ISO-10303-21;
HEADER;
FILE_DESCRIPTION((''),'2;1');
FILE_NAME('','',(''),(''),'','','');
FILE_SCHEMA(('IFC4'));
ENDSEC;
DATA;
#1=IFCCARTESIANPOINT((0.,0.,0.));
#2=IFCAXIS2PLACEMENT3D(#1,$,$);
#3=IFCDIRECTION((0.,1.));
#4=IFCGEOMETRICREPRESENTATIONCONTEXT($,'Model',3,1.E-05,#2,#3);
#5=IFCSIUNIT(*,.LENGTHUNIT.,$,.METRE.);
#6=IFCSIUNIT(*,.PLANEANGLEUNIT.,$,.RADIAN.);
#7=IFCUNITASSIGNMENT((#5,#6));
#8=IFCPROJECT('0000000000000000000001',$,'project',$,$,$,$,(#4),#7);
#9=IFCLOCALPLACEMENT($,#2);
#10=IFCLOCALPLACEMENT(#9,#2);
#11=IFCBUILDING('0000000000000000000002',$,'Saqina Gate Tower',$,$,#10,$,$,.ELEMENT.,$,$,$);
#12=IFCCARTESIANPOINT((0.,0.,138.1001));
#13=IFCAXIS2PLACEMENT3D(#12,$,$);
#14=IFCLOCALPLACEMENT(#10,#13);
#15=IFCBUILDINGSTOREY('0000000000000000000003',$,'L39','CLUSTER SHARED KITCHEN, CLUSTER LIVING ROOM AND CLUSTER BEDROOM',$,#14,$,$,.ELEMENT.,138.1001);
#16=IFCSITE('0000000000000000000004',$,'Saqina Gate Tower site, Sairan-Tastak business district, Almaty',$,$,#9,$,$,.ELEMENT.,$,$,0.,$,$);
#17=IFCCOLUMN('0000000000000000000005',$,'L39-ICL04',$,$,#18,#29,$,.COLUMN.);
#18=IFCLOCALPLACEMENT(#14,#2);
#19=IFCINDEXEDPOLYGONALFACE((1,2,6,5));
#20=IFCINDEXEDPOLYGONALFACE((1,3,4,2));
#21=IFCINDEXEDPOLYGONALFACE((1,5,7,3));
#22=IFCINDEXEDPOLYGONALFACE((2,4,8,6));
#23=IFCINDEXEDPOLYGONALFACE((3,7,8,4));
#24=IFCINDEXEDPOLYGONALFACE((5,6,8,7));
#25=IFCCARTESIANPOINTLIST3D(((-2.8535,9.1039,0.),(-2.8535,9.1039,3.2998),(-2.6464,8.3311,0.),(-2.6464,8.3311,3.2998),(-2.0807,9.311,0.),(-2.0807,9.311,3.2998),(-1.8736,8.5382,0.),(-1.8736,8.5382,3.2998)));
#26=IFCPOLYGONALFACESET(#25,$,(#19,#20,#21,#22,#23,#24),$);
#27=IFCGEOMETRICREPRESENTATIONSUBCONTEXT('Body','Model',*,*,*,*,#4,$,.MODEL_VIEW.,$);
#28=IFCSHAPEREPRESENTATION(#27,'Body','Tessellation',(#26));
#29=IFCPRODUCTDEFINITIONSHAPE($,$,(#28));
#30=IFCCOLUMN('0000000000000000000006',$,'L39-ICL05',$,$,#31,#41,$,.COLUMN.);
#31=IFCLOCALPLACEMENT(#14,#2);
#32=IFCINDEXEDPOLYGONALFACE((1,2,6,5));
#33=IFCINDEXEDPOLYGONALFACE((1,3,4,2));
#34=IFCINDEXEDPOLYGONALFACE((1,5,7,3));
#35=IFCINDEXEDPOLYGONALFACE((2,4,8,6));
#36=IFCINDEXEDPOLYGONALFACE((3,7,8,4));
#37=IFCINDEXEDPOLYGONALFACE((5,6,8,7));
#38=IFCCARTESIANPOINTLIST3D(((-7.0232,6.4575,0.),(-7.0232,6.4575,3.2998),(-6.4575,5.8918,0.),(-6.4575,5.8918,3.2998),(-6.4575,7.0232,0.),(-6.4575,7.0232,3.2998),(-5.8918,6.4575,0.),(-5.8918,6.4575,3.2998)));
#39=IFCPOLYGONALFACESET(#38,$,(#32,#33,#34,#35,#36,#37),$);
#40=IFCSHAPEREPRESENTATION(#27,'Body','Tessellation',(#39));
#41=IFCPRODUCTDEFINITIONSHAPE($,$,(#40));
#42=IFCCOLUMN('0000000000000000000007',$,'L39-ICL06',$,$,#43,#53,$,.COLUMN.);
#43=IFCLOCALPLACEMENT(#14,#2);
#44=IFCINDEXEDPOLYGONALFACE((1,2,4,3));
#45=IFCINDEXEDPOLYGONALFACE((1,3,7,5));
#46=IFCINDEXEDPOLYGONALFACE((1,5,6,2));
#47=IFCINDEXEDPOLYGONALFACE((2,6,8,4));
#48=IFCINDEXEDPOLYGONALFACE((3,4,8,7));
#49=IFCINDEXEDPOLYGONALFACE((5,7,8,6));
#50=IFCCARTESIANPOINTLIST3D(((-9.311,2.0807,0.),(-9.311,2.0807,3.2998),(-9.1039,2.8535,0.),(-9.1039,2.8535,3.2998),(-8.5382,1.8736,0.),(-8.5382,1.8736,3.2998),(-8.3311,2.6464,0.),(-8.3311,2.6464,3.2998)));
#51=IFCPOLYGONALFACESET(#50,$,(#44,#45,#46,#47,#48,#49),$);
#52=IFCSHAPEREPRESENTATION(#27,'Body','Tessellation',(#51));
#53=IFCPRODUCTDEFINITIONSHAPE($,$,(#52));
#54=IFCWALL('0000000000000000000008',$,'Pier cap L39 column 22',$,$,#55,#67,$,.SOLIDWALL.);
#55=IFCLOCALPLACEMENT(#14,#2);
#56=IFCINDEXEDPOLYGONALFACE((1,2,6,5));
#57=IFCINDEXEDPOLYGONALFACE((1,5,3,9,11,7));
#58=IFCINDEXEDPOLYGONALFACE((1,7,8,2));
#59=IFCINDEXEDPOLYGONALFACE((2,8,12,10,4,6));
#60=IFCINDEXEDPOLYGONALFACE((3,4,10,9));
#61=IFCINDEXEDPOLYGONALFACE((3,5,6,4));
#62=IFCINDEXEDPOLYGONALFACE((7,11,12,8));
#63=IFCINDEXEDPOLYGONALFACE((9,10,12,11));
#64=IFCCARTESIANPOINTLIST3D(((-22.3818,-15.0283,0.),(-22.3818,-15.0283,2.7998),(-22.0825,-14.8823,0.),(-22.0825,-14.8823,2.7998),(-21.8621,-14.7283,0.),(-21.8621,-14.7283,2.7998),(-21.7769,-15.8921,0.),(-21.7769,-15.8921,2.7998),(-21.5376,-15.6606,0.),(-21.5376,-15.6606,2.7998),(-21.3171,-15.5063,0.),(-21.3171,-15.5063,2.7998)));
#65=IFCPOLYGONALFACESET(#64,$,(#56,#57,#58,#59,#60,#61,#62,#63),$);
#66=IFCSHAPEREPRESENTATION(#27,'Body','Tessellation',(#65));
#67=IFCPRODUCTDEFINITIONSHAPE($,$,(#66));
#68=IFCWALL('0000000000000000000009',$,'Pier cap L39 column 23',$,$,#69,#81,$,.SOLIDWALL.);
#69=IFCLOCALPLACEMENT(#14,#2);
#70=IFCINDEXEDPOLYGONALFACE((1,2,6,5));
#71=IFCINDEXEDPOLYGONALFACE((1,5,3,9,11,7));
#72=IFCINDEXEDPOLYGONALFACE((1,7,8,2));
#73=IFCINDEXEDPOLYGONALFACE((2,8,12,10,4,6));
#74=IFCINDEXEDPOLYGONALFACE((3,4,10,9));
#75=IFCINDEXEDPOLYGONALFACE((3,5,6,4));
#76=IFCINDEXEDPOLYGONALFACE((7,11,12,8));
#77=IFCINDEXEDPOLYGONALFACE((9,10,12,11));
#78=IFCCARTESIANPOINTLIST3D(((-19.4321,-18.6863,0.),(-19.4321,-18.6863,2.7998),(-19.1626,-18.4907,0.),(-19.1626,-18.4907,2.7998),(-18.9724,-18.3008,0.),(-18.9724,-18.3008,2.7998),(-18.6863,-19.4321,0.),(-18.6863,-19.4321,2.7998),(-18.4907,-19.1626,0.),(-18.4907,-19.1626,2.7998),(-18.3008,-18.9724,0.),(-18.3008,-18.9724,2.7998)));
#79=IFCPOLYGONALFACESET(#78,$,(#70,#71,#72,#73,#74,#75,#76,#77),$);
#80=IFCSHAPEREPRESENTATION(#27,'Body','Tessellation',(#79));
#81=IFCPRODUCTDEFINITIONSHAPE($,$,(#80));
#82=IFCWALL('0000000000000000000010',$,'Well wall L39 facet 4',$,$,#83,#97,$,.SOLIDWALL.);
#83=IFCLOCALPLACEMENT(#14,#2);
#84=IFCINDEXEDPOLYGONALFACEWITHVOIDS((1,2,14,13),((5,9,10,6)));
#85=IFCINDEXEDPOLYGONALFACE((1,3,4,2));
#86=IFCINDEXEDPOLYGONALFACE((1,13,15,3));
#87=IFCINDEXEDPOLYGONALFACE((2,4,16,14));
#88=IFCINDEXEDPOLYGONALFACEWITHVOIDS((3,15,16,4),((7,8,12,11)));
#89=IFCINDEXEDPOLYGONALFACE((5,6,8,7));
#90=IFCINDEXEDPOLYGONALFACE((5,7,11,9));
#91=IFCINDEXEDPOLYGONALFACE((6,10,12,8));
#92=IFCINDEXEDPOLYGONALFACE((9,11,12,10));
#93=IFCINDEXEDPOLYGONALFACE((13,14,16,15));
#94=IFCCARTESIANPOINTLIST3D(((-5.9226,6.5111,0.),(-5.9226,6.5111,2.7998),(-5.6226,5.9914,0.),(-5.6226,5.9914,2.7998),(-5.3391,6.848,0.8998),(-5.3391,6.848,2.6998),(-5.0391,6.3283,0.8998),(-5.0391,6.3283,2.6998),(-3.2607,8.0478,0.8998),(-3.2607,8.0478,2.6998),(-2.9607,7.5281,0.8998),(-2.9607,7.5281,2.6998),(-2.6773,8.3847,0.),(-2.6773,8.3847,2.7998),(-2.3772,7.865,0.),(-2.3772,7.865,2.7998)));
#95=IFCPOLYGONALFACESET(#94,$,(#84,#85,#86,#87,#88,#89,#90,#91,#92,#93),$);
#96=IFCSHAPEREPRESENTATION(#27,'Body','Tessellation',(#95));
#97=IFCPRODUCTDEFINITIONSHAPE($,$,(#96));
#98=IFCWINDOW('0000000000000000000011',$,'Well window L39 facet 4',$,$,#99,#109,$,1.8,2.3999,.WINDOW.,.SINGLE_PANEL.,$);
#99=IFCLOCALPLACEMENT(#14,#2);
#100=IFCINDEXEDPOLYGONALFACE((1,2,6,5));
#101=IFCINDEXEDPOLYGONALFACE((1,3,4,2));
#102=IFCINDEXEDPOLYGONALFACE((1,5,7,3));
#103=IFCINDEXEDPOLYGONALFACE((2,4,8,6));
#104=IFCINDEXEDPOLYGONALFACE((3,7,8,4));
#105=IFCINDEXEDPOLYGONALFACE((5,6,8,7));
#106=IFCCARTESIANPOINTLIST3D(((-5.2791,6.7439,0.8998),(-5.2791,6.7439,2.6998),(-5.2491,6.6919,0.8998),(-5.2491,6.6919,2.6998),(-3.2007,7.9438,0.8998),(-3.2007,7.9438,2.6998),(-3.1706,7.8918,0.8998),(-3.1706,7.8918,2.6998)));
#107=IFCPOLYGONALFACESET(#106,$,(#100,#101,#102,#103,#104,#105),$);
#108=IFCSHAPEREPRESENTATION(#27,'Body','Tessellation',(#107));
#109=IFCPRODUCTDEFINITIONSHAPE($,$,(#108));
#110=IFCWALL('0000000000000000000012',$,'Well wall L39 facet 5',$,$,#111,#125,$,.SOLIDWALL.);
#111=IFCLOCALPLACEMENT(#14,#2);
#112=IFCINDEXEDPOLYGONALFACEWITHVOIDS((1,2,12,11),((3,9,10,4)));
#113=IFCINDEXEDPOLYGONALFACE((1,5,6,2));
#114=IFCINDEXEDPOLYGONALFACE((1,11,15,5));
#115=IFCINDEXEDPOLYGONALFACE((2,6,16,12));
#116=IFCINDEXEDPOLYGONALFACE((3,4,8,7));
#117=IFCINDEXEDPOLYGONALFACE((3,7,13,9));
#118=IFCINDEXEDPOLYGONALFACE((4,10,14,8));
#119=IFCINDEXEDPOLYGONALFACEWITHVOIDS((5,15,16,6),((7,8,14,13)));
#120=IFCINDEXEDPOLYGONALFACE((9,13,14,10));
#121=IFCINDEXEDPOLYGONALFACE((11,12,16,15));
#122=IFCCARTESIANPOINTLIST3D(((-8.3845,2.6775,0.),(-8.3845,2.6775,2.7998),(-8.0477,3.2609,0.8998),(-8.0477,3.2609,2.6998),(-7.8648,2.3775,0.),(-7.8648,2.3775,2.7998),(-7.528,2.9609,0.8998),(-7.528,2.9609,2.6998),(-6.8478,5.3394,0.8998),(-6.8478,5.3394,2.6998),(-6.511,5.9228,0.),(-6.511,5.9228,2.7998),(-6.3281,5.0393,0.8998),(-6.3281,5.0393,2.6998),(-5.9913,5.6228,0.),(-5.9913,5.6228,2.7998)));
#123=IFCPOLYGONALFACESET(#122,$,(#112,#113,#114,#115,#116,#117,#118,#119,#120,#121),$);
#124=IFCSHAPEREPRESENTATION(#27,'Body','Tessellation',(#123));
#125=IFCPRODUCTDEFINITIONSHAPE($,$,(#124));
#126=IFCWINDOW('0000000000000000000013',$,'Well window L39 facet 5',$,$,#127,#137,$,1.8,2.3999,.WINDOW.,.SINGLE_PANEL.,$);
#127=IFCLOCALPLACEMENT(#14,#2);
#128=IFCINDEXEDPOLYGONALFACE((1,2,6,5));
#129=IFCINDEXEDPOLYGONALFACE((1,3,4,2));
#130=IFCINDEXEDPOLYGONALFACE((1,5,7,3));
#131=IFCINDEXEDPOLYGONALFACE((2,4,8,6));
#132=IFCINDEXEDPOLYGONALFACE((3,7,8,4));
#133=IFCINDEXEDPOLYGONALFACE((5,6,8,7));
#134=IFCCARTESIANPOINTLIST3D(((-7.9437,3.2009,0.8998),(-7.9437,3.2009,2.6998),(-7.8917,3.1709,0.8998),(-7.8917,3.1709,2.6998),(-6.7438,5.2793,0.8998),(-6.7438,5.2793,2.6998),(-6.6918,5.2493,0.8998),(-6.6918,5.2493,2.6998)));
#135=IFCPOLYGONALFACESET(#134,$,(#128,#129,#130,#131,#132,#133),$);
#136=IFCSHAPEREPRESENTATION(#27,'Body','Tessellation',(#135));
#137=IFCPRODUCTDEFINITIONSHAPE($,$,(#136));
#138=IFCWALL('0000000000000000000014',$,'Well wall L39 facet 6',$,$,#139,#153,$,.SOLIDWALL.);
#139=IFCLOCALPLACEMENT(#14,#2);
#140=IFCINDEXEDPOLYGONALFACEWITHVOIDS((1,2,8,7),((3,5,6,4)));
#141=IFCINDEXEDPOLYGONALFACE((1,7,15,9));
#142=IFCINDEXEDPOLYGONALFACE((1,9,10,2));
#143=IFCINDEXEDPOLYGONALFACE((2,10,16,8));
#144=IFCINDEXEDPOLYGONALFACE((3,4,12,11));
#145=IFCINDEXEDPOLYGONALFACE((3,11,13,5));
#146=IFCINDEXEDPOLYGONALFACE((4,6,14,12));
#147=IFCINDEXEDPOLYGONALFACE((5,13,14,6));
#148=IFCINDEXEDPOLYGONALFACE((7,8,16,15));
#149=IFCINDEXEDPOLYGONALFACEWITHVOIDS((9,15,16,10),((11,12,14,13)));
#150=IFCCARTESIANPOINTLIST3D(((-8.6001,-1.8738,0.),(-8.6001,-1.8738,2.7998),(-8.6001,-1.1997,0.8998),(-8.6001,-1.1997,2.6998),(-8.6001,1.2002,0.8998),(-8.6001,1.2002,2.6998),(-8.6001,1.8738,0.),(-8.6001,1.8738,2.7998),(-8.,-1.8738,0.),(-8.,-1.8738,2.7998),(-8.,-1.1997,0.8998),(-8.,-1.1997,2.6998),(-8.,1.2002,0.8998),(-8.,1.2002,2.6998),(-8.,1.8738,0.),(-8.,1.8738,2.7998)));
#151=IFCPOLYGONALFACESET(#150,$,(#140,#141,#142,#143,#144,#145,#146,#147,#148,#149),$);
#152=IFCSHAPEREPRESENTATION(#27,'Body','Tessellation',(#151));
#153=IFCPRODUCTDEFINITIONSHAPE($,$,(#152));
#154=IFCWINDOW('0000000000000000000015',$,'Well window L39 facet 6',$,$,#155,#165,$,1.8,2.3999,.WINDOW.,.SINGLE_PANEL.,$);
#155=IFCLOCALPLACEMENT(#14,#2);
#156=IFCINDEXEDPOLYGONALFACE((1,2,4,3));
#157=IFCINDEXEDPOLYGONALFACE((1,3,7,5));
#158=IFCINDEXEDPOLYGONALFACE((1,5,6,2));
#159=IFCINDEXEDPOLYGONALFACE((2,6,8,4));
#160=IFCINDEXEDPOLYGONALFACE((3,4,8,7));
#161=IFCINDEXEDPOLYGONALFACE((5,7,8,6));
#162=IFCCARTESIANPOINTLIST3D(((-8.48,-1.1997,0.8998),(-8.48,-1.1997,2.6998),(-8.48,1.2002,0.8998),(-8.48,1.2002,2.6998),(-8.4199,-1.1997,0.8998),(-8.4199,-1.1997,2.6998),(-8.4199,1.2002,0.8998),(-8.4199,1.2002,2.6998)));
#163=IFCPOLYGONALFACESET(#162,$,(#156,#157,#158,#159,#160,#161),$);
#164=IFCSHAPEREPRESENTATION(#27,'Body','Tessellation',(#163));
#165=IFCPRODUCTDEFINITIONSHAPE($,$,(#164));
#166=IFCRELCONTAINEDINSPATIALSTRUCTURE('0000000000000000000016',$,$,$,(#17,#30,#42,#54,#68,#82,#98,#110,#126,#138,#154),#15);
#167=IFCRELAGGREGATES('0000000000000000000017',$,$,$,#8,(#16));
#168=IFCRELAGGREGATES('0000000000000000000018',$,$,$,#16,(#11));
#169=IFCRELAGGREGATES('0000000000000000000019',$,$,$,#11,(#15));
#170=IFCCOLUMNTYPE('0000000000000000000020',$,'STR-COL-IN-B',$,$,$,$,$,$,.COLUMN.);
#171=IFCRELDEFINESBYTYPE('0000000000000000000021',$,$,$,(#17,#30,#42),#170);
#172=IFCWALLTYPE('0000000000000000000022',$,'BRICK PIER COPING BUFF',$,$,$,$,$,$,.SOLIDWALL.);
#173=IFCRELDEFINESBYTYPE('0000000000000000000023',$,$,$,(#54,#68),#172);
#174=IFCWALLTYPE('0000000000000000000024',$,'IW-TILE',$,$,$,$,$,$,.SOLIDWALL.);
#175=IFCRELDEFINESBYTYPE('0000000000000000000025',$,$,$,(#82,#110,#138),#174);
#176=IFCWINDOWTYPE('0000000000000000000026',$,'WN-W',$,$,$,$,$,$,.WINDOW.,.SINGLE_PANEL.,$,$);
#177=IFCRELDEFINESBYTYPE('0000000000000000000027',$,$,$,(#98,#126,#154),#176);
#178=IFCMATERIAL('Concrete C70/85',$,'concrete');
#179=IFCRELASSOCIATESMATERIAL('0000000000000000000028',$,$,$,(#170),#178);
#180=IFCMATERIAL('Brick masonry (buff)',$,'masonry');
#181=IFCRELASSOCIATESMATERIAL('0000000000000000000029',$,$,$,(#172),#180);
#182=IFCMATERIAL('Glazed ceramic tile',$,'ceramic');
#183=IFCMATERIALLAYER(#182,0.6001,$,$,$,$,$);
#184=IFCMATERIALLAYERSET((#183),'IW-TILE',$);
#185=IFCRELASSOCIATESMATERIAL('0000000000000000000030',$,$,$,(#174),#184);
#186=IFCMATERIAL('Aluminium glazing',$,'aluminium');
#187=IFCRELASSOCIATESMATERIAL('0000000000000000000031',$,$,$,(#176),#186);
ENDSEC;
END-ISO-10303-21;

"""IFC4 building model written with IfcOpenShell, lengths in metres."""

from ifc_helpers import new_model, si_unit, direction, frame, frame_2d, origin, origin_2d, place, context, subcontext, project, spatial, polyline, rectangle, outline, extrude, material, layer, layer_set, material_profile, profile_set, type_object, element, fill, save


model = new_model("IFC4")

# Units and contexts
model_context = context("Model", 3, precision=1e-05, world=origin(), true_north=direction((0.0, 1.0)))
body_context = subcontext(model_context, "Body", "Model", "MODEL_VIEW")
ifc_project = project(units=[si_unit("LENGTHUNIT", "METRE"), si_unit("PLANEANGLEUNIT", "RADIAN")], contexts=[model_context])

# Site, building, storey
site_placement = place(None, origin())
site = spatial("IfcSite", under=ifc_project, at=site_placement, Name="Saqina Gate Tower site, Sairan-Tastak business district, Almaty", CompositionType="ELEMENT", RefElevation=0.0)
building_placement = place(site_placement, origin())
building = spatial("IfcBuilding", under=site, at=building_placement, Name="Saqina Gate Tower", CompositionType="ELEMENT")
storey_placement = place(building_placement, frame((0.0, 0.0, 138.1001)))
storey = spatial("IfcBuildingStorey", under=building, at=storey_placement, Name="L39", Description="CLUSTER SHARED KITCHEN, CLUSTER LIVING ROOM AND CLUSTER BEDROOM", CompositionType="ELEMENT", Elevation=138.1001)

# Columns
ifc_material_1 = material(Name="Concrete C70/85", Category="concrete")
ifc_material_profile = material_profile(ifc_material_1, rectangle(XDim=0.8, YDim=0.8, at=origin_2d()), Name="RC 800x800")
ifc_profile_set = profile_set([ifc_material_profile], Name="Concrete C70/85")
column_type = type_object("IfcColumnType", Name="STR-COL-IN-B", PredefinedType="COLUMN", material=ifc_profile_set)
for number, where, z_axis, x_axis, name in (
    (1, (-2.3635, 8.821, 0.0), (0.0, 0.0, 1.0), (-0.258819, 0.965926, 0.0), "L39-ICL04"),
    (2, (-6.4575, 6.4575, 0.0), (0.0, 0.0, 1.0), (-0.707107, 0.707107, 0.0), "L39-ICL05"),
    (3, (-8.821, 2.3635, 0.0), (0.0, 0.0, 1.0), (-0.965926, 0.258819, 0.0), "L39-ICL06"),
):
    element("IfcColumn", number, at=place(storey_placement, frame(where, z_axis=z_axis, x_axis=x_axis)), inside=storey, type_object=column_type, Name=name, PredefinedType="COLUMN", context=body_context, shape_type="SweptSolid", body=[
        extrude(rectangle(XDim=0.8, YDim=0.8, at=origin_2d()), origin(), (0.0, 0.0, 1.0), 3.2998),
    ])

# Walls
ifc_material_2 = material(Name="Brick masonry (buff)", Category="masonry")
wall_type_1 = type_object("IfcWallType", Name="BRICK PIER COPING BUFF", PredefinedType="SOLIDWALL", material=ifc_material_2)
wall_1_placement = place(storey_placement, origin())
element("IfcWall", 4, at=wall_1_placement, inside=storey, type_object=wall_type_1, Name="Pier cap L39 column 22", PredefinedType="SOLIDWALL", context=body_context, shape_type="SweptSolid", body=[
    extrude(outline(polyline([(-21.7769, -15.8921), (-21.3171, -15.5063), (-21.5376, -15.6606), (-22.0825, -14.8823), (-21.8621, -14.7283), (-22.3818, -15.0283), (-21.7769, -15.8921)])), origin(), (0.0, 0.0, 1.0), 2.7998),
])
wall_2_placement = place(storey_placement, origin())
element("IfcWall", 5, at=wall_2_placement, inside=storey, type_object=wall_type_1, Name="Pier cap L39 column 23", PredefinedType="SOLIDWALL", context=body_context, shape_type="SweptSolid", body=[
    extrude(outline(polyline([(-19.4321, -18.6863), (-18.6863, -19.4321), (-18.3008, -18.9724), (-18.4907, -19.1626), (-19.1626, -18.4907), (-18.9724, -18.3008), (-19.4321, -18.6863)])), origin(), (0.0, 0.0, 1.0), 2.7998),
])

# Walls, openings, windows
ifc_material_3 = material(Name="Glazed ceramic tile", Category="ceramic")
ifc_layer_1 = layer(ifc_material_3, 0.6001)
ifc_layer_set_1 = layer_set([ifc_layer_1], Name="IW-TILE")
wall_type_2 = type_object("IfcWallType", Name="IW-TILE", PredefinedType="SOLIDWALL", material=ifc_layer_set_1)
wall_3_placement = place(storey_placement, frame((-2.5273, 8.1248, 0.0), z_axis=(0.0, 0.0, 1.0), x_axis=(-0.866046, -0.499965, 0.0)))
wall_3 = element("IfcWall", 6, at=wall_3_placement, inside=storey, type_object=wall_type_2, Name="Well wall L39 facet 4", PredefinedType="SOLIDWALL", context=body_context, shape_type="SweptSolid", body=[
    extrude(rectangle(XDim=3.7473, YDim=0.6001, at=frame_2d((1.8735, 0.0))), origin(), (0.0, 0.0, 1.0), 2.7998),
])
opening_1_placement = place(wall_3_placement, frame((0.6736, 0.0, 0.8999)))
opening_1 = element("IfcOpeningElement", 7, at=opening_1_placement, cuts=wall_3, PredefinedType="OPENING", context=body_context, shape_type="SweptSolid", body=[
    extrude(rectangle(XDim=2.3999, YDim=1.8, at=frame_2d((1.2, 0.8999))), frame((0.0, 0.312, 0.0), z_axis=(0.0, -1.0, 0.0), x_axis=(1.0, 0.0, 0.0)), (0.0, 0.0, 1.0), 0.624),
])
ifc_material_4 = material(Name="Aluminium glazing", Category="aluminium")
window_type = type_object("IfcWindowType", Name="WN-W", PartitioningType="SINGLE_PANEL", PredefinedType="WINDOW", material=ifc_material_4)
window_1_placement = place(opening_1_placement, origin())
window_1 = element("IfcWindow", 8, at=window_1_placement, inside=storey, type_object=window_type, Name="Well window L39 facet 4", OverallHeight=1.8, OverallWidth=2.3999, PartitioningType="SINGLE_PANEL", PredefinedType="WINDOW", context=body_context, shape_type="SweptSolid", body=[
    extrude(rectangle(XDim=2.3999, YDim=1.8, at=frame_2d((1.2, 0.8999))), frame((0.0, -0.1199, 0.0), z_axis=(0.0, -1.0, 0.0), x_axis=(1.0, 0.0, 0.0)), (0.0, 0.0, 1.0), 0.0601),
])
fill(opening_1, window_1)
wall_4_placement = place(storey_placement, frame((-6.2512, 5.7727, 0.0), z_axis=(0.0, 0.0, 1.0), x_axis=(-0.499965, -0.866046, 0.0)))
wall_4 = element("IfcWall", 9, at=wall_4_placement, inside=storey, type_object=wall_type_2, Name="Well wall L39 facet 5", PredefinedType="SOLIDWALL", context=body_context, shape_type="SweptSolid", body=[
    extrude(rectangle(XDim=3.7473, YDim=0.6001, at=frame_2d((1.8735, 0.0))), origin(), (0.0, 0.0, 1.0), 2.7998),
])
opening_2_placement = place(wall_4_placement, frame((0.6736, 0.0, 0.8999)))
opening_2 = element("IfcOpeningElement", 10, at=opening_2_placement, cuts=wall_4, PredefinedType="OPENING", context=body_context, shape_type="SweptSolid", body=[
    extrude(rectangle(XDim=2.3999, YDim=1.8, at=frame_2d((1.2, 0.8999))), frame((0.0, 0.312, 0.0), z_axis=(0.0, -1.0, 0.0), x_axis=(1.0, 0.0, 0.0)), (0.0, 0.0, 1.0), 0.624),
])
window_2_placement = place(opening_2_placement, origin())
window_2 = element("IfcWindow", 11, at=window_2_placement, inside=storey, type_object=window_type, Name="Well window L39 facet 5", OverallHeight=1.8, OverallWidth=2.3999, PartitioningType="SINGLE_PANEL", PredefinedType="WINDOW", context=body_context, shape_type="SweptSolid", body=[
    extrude(rectangle(XDim=2.3999, YDim=1.8, at=frame_2d((1.2, 0.8999))), frame((0.0, -0.1199, 0.0), z_axis=(0.0, -1.0, 0.0), x_axis=(1.0, 0.0, 0.0)), (0.0, 0.0, 1.0), 0.0601),
])
fill(opening_2, window_2)
wall_5_placement = place(storey_placement, frame((-8.3, 1.8738, 0.0), z_axis=(0.0, 0.0, 1.0), x_axis=(0.0, -1.0, 0.0)))
wall_5 = element("IfcWall", 12, at=wall_5_placement, inside=storey, type_object=wall_type_2, Name="Well wall L39 facet 6", PredefinedType="SOLIDWALL", context=body_context, shape_type="SweptSolid", body=[
    extrude(rectangle(XDim=3.7476, YDim=0.6001, at=frame_2d((1.8738, 0.0))), origin(), (0.0, 0.0, 1.0), 2.7998),
])
opening_3_placement = place(wall_5_placement, frame((0.6736, 0.0, 0.8999)))
opening_3 = element("IfcOpeningElement", 13, at=opening_3_placement, cuts=wall_5, PredefinedType="OPENING", context=body_context, shape_type="SweptSolid", body=[
    extrude(rectangle(XDim=2.3999, YDim=1.8, at=frame_2d((1.2, 0.8999))), frame((0.0, 0.312, 0.0), z_axis=(0.0, -1.0, 0.0), x_axis=(1.0, 0.0, 0.0)), (0.0, 0.0, 1.0), 0.624),
])
window_3_placement = place(opening_3_placement, origin())
window_3 = element("IfcWindow", 14, at=window_3_placement, inside=storey, type_object=window_type, Name="Well window L39 facet 6", OverallHeight=1.8, OverallWidth=2.3999, PartitioningType="SINGLE_PANEL", PredefinedType="WINDOW", context=body_context, shape_type="SweptSolid", body=[
    extrude(rectangle(XDim=2.3999, YDim=1.8, at=frame_2d((1.2, 0.8999))), frame((0.0, -0.1199, 0.0), z_axis=(0.0, -1.0, 0.0), x_axis=(1.0, 0.0, 0.0)), (0.0, 0.0, 1.0), 0.0601),
])
fill(opening_3, window_3)

save(model, "model.ifc")
